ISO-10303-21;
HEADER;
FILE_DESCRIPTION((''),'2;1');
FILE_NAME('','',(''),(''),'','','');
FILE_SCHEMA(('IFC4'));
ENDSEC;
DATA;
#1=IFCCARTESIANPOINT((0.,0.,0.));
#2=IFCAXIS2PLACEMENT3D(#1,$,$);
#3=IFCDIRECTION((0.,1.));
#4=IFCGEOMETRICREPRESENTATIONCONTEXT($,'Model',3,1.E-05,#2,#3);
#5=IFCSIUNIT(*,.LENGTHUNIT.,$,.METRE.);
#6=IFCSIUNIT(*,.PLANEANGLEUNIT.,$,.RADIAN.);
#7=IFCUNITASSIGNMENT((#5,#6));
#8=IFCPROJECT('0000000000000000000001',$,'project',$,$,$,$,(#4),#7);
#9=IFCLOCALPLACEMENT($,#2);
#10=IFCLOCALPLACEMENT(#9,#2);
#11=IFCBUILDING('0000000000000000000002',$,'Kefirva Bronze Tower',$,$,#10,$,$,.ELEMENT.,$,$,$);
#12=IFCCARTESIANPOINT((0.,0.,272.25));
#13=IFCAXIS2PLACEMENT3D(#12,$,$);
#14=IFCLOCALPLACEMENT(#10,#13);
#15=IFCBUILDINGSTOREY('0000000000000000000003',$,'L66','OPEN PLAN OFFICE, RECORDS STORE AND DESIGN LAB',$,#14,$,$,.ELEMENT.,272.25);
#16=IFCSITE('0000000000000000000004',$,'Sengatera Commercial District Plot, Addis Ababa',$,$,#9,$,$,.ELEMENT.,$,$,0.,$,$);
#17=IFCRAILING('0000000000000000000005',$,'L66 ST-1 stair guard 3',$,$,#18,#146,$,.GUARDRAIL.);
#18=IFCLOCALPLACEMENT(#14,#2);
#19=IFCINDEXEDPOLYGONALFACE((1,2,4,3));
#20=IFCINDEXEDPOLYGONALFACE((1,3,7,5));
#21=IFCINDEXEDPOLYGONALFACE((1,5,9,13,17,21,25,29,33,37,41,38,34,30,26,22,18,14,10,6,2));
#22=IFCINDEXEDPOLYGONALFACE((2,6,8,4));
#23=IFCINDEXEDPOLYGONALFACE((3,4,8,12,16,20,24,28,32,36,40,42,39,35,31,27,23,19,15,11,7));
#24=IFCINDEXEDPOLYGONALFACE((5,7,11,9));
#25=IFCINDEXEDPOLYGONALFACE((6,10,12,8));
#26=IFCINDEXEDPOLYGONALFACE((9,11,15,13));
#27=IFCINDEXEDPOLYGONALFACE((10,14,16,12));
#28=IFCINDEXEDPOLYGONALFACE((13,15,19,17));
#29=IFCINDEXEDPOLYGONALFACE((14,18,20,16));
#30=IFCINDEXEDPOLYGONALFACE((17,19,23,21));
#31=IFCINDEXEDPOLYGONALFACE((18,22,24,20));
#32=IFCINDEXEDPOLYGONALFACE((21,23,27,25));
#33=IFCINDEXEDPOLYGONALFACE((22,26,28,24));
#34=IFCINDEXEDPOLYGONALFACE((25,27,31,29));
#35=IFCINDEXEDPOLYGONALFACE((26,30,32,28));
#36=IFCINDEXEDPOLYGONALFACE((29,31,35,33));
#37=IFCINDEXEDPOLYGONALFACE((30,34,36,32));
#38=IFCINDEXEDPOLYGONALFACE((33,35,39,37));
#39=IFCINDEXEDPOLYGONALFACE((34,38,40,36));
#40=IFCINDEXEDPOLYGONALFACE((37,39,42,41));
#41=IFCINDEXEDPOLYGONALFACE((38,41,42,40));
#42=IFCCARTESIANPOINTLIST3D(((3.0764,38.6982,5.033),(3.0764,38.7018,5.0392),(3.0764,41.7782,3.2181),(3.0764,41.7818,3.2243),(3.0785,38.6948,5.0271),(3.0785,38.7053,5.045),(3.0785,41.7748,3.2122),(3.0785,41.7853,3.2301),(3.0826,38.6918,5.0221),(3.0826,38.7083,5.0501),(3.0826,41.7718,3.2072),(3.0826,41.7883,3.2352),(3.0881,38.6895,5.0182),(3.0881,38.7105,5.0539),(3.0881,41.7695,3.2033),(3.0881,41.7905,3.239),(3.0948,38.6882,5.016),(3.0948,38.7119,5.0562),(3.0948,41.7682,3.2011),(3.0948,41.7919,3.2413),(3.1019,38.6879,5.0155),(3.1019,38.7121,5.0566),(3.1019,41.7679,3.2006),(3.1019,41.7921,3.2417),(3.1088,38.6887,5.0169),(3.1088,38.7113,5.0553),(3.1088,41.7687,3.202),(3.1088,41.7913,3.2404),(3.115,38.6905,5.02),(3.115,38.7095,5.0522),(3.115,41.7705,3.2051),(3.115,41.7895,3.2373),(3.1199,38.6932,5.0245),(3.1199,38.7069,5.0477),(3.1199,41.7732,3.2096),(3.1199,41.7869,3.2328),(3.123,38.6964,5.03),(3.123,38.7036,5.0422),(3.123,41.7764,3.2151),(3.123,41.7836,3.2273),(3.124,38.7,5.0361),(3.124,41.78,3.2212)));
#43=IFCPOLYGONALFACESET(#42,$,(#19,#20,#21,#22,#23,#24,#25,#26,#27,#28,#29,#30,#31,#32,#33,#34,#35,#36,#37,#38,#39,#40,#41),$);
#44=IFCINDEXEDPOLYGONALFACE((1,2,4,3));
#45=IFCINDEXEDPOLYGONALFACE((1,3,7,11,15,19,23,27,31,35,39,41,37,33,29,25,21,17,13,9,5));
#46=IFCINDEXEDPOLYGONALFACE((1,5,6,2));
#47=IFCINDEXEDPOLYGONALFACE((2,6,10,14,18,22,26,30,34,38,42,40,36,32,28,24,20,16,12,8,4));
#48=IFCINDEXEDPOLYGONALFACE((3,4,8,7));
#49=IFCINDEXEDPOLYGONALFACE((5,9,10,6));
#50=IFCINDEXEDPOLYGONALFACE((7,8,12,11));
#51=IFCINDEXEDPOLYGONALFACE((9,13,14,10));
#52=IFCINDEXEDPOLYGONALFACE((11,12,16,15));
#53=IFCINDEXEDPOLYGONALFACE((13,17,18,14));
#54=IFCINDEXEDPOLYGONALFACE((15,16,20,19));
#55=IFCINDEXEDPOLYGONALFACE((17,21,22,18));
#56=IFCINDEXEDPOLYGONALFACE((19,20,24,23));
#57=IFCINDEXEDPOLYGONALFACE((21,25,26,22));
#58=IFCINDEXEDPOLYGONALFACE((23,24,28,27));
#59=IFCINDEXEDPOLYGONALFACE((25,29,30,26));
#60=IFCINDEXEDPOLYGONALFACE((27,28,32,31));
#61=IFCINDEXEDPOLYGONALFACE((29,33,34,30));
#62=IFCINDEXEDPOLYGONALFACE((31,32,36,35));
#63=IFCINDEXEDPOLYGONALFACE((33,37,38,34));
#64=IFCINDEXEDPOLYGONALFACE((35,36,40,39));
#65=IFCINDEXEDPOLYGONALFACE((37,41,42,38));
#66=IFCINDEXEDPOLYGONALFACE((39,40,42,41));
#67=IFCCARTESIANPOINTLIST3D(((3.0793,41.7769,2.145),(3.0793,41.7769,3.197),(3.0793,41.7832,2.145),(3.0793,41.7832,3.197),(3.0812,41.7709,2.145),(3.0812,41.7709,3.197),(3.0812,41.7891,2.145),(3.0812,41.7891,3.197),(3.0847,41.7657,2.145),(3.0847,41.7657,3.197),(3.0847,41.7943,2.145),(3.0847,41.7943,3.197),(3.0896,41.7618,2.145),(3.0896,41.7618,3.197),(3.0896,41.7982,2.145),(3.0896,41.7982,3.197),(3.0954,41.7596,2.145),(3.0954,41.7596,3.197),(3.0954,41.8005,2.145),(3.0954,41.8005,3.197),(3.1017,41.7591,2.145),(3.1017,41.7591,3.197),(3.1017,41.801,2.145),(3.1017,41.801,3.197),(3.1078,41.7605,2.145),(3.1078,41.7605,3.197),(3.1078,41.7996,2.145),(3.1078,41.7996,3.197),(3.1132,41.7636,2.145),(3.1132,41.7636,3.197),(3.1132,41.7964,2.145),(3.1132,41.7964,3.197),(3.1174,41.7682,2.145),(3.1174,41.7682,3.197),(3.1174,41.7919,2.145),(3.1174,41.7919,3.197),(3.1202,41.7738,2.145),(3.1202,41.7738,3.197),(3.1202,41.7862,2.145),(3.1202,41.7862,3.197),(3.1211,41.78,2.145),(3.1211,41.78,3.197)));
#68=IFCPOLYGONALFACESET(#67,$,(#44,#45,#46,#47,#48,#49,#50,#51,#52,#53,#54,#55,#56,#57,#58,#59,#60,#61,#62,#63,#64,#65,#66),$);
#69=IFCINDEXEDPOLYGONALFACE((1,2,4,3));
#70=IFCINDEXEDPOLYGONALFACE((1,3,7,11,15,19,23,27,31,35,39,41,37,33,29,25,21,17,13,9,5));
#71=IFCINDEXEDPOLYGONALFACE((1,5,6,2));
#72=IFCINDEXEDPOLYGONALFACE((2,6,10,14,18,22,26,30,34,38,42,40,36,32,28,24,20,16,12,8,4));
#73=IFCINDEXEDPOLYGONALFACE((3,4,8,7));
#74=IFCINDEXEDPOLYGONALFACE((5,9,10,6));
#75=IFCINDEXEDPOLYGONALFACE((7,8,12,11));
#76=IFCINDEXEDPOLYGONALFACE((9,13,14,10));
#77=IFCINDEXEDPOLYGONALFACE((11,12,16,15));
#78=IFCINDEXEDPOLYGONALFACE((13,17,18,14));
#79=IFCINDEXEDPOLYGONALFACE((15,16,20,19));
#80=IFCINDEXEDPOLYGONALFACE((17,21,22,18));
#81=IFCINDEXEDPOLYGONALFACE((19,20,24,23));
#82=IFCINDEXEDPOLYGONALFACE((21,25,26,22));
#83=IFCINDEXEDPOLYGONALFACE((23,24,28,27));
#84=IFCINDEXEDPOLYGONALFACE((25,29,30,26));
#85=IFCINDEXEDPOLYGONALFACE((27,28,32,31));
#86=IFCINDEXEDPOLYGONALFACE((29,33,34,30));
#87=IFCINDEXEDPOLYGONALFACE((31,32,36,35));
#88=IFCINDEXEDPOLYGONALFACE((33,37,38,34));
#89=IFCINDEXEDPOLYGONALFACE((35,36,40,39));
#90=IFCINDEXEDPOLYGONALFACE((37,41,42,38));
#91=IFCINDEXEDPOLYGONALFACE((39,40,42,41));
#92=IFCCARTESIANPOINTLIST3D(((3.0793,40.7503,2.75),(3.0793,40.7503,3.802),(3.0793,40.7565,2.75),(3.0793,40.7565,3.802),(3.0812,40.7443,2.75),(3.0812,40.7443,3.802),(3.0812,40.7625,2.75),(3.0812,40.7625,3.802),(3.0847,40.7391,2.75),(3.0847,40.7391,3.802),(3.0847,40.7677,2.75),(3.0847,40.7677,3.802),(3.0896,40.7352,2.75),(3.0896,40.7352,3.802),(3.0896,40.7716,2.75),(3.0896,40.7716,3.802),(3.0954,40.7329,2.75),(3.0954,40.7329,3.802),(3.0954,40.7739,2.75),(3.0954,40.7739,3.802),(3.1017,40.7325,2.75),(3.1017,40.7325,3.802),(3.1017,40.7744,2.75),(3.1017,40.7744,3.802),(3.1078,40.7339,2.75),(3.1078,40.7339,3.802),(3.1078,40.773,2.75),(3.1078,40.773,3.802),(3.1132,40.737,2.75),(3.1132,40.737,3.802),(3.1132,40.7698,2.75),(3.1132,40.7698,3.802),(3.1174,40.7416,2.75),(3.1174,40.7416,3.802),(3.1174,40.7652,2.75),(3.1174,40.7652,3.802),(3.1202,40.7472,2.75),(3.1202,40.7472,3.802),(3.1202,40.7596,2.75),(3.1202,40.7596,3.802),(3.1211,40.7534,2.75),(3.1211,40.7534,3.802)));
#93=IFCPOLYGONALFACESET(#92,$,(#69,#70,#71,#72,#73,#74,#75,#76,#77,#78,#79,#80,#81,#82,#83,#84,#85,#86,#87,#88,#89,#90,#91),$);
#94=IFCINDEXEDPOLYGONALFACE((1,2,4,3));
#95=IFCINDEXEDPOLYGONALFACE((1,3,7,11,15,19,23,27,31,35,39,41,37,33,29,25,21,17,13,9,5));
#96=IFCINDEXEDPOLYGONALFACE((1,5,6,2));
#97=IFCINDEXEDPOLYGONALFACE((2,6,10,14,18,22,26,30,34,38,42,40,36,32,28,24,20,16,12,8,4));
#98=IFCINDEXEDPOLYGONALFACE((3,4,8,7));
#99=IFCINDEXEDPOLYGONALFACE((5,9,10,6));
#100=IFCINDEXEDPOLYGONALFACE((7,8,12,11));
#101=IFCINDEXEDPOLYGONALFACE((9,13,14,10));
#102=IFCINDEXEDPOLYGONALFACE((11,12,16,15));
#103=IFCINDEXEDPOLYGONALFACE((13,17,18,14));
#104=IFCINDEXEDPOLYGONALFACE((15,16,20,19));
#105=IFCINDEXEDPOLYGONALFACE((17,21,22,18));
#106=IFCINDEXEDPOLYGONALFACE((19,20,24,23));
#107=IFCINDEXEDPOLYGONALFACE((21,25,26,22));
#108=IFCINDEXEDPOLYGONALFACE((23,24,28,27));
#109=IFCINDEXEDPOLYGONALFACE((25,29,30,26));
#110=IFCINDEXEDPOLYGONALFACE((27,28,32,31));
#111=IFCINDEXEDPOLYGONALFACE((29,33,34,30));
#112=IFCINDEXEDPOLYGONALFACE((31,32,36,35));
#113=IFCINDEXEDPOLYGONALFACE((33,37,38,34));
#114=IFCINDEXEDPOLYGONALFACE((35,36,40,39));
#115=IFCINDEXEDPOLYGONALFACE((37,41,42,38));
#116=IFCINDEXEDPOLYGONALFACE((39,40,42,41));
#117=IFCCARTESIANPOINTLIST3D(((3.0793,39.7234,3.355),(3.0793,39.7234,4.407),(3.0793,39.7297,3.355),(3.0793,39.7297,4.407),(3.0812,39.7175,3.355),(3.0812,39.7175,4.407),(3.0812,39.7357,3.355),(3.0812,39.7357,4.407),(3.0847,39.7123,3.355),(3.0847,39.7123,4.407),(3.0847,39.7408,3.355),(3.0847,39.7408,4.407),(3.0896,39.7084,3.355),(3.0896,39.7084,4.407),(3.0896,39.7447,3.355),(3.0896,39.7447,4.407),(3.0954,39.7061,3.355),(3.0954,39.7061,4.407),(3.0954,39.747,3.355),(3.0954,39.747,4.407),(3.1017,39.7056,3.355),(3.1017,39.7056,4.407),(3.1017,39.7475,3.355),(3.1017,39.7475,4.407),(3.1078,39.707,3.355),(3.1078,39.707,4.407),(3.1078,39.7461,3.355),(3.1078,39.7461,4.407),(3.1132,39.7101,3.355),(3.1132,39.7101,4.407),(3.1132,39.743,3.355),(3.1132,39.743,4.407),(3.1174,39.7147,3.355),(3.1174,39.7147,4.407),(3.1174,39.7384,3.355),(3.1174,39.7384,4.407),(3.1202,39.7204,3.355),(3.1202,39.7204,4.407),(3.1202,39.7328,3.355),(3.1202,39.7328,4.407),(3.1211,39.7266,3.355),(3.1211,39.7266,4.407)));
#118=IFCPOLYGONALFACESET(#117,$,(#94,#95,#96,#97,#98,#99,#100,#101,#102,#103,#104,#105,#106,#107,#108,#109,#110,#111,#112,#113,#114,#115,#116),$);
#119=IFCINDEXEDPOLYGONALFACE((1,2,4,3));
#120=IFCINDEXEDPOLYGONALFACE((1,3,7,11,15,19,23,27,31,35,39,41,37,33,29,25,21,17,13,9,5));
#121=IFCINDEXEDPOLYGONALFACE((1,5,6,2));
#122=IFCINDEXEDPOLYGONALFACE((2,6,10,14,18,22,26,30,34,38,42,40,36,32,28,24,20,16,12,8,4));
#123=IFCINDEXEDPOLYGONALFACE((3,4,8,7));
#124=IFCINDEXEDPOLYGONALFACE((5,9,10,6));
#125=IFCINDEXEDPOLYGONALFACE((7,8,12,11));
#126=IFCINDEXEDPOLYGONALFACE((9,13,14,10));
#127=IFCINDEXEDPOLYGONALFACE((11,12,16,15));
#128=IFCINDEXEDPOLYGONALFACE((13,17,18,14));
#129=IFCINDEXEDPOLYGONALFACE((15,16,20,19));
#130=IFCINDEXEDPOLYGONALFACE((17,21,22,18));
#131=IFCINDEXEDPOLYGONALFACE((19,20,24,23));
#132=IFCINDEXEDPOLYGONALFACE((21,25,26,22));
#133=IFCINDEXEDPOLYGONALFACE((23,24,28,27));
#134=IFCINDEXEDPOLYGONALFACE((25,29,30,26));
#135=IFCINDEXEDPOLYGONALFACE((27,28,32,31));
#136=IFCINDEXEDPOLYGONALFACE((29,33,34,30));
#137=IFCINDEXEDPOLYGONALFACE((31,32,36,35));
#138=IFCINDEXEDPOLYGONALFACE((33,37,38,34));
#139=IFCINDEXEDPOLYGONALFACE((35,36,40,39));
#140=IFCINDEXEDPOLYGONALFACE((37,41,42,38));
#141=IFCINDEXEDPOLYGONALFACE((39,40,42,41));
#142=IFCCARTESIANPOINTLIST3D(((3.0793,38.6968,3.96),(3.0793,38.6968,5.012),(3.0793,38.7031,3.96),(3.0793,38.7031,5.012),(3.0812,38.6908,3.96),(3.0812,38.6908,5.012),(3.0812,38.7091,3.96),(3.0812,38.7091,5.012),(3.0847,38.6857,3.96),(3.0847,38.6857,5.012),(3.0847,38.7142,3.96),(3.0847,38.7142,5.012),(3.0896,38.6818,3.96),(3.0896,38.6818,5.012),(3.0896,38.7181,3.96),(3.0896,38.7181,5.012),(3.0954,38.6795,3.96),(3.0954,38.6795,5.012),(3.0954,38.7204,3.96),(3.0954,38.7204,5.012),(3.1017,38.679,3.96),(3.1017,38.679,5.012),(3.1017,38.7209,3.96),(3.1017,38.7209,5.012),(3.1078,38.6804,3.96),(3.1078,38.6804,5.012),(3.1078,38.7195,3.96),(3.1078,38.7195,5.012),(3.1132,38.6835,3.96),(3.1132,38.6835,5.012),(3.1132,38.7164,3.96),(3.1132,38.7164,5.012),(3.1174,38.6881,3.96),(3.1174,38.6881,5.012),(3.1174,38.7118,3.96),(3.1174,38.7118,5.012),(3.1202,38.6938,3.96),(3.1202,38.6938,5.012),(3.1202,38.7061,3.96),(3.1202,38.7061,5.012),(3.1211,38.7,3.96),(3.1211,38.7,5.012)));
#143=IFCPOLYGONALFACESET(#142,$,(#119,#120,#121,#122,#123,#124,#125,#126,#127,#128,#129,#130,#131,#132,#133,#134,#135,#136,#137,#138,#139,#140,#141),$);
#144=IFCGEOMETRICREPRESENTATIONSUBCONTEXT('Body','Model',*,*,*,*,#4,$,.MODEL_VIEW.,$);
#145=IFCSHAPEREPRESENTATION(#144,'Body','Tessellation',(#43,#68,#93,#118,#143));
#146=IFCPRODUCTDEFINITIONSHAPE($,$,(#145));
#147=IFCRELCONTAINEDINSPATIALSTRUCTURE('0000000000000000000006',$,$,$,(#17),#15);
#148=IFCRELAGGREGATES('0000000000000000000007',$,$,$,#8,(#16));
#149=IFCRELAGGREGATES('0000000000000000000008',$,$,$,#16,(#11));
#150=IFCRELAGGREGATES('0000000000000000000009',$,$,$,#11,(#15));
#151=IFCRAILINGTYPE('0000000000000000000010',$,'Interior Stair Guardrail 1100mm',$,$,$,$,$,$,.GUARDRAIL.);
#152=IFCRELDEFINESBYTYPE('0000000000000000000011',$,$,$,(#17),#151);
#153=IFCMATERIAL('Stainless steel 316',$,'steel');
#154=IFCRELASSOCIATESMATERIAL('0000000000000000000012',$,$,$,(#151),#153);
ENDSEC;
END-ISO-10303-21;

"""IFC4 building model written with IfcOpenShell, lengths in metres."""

from ifc_helpers import new_model, si_unit, direction, frame, origin, origin_2d, place, context, subcontext, project, spatial, circle, extrude, material, type_object, element, save


model = new_model("IFC4")

# Units and contexts
model_context = context("Model", 3, precision=1e-05, world=origin(), true_north=direction((0.0, 1.0)))
body_context = subcontext(model_context, "Body", "Model", "MODEL_VIEW")
ifc_project = project(units=[si_unit("LENGTHUNIT", "METRE"), si_unit("PLANEANGLEUNIT", "RADIAN")], contexts=[model_context])

# Site, building, storey
site_placement = place(None, origin())
site = spatial("IfcSite", under=ifc_project, at=site_placement, Name="Sengatera Commercial District Plot, Addis Ababa", CompositionType="ELEMENT", RefElevation=0.0)
building_placement = place(site_placement, origin())
building = spatial("IfcBuilding", under=site, at=building_placement, Name="Kefirva Bronze Tower", CompositionType="ELEMENT")
storey_placement = place(building_placement, frame((0.0, 0.0, 272.25)))
storey = spatial("IfcBuildingStorey", under=building, at=storey_placement, Name="L66", Description="OPEN PLAN OFFICE, RECORDS STORE AND DESIGN LAB", CompositionType="ELEMENT", Elevation=272.25)

# Railing
ifc_material_1 = material(Name="Stainless steel 316", Category="steel")
railing_type_1 = type_object("IfcRailingType", Name="Interior Stair Guardrail 1100mm", PredefinedType="GUARDRAIL", material=ifc_material_1)
railing_1_placement = place(storey_placement, frame((3.1001, 41.78, 2.145)))
element("IfcRailing", 1, at=railing_1_placement, inside=storey, type_object=railing_type_1, Name="L66 ST-1 stair guard 3", PredefinedType="GUARDRAIL", context=body_context, shape_type="SweptSolid", body=[
    extrude(circle(Radius=0.0239, at=origin_2d()), frame((0.0, 0.0, 1.0762), z_axis=(0.0, -0.861551, 0.507671), x_axis=(1.0, 0.0, 0.0)), (0.0, 0.0, 1.0), 3.575),
    extrude(circle(Radius=0.021, at=origin_2d()), origin(), (0.0, 0.0, 1.0), 1.052),
    extrude(circle(Radius=0.021, at=origin_2d()), frame((0.0, -1.0266, 0.605)), (0.0, 0.0, 1.0), 1.052),
    extrude(circle(Radius=0.021, at=origin_2d()), frame((0.0, -2.0535, 1.21)), (0.0, 0.0, 1.0), 1.052),
    extrude(circle(Radius=0.021, at=origin_2d()), frame((0.0, -3.0801, 1.8149)), (0.0, 0.0, 1.0), 1.052),
])

save(model, "model.ifc")
